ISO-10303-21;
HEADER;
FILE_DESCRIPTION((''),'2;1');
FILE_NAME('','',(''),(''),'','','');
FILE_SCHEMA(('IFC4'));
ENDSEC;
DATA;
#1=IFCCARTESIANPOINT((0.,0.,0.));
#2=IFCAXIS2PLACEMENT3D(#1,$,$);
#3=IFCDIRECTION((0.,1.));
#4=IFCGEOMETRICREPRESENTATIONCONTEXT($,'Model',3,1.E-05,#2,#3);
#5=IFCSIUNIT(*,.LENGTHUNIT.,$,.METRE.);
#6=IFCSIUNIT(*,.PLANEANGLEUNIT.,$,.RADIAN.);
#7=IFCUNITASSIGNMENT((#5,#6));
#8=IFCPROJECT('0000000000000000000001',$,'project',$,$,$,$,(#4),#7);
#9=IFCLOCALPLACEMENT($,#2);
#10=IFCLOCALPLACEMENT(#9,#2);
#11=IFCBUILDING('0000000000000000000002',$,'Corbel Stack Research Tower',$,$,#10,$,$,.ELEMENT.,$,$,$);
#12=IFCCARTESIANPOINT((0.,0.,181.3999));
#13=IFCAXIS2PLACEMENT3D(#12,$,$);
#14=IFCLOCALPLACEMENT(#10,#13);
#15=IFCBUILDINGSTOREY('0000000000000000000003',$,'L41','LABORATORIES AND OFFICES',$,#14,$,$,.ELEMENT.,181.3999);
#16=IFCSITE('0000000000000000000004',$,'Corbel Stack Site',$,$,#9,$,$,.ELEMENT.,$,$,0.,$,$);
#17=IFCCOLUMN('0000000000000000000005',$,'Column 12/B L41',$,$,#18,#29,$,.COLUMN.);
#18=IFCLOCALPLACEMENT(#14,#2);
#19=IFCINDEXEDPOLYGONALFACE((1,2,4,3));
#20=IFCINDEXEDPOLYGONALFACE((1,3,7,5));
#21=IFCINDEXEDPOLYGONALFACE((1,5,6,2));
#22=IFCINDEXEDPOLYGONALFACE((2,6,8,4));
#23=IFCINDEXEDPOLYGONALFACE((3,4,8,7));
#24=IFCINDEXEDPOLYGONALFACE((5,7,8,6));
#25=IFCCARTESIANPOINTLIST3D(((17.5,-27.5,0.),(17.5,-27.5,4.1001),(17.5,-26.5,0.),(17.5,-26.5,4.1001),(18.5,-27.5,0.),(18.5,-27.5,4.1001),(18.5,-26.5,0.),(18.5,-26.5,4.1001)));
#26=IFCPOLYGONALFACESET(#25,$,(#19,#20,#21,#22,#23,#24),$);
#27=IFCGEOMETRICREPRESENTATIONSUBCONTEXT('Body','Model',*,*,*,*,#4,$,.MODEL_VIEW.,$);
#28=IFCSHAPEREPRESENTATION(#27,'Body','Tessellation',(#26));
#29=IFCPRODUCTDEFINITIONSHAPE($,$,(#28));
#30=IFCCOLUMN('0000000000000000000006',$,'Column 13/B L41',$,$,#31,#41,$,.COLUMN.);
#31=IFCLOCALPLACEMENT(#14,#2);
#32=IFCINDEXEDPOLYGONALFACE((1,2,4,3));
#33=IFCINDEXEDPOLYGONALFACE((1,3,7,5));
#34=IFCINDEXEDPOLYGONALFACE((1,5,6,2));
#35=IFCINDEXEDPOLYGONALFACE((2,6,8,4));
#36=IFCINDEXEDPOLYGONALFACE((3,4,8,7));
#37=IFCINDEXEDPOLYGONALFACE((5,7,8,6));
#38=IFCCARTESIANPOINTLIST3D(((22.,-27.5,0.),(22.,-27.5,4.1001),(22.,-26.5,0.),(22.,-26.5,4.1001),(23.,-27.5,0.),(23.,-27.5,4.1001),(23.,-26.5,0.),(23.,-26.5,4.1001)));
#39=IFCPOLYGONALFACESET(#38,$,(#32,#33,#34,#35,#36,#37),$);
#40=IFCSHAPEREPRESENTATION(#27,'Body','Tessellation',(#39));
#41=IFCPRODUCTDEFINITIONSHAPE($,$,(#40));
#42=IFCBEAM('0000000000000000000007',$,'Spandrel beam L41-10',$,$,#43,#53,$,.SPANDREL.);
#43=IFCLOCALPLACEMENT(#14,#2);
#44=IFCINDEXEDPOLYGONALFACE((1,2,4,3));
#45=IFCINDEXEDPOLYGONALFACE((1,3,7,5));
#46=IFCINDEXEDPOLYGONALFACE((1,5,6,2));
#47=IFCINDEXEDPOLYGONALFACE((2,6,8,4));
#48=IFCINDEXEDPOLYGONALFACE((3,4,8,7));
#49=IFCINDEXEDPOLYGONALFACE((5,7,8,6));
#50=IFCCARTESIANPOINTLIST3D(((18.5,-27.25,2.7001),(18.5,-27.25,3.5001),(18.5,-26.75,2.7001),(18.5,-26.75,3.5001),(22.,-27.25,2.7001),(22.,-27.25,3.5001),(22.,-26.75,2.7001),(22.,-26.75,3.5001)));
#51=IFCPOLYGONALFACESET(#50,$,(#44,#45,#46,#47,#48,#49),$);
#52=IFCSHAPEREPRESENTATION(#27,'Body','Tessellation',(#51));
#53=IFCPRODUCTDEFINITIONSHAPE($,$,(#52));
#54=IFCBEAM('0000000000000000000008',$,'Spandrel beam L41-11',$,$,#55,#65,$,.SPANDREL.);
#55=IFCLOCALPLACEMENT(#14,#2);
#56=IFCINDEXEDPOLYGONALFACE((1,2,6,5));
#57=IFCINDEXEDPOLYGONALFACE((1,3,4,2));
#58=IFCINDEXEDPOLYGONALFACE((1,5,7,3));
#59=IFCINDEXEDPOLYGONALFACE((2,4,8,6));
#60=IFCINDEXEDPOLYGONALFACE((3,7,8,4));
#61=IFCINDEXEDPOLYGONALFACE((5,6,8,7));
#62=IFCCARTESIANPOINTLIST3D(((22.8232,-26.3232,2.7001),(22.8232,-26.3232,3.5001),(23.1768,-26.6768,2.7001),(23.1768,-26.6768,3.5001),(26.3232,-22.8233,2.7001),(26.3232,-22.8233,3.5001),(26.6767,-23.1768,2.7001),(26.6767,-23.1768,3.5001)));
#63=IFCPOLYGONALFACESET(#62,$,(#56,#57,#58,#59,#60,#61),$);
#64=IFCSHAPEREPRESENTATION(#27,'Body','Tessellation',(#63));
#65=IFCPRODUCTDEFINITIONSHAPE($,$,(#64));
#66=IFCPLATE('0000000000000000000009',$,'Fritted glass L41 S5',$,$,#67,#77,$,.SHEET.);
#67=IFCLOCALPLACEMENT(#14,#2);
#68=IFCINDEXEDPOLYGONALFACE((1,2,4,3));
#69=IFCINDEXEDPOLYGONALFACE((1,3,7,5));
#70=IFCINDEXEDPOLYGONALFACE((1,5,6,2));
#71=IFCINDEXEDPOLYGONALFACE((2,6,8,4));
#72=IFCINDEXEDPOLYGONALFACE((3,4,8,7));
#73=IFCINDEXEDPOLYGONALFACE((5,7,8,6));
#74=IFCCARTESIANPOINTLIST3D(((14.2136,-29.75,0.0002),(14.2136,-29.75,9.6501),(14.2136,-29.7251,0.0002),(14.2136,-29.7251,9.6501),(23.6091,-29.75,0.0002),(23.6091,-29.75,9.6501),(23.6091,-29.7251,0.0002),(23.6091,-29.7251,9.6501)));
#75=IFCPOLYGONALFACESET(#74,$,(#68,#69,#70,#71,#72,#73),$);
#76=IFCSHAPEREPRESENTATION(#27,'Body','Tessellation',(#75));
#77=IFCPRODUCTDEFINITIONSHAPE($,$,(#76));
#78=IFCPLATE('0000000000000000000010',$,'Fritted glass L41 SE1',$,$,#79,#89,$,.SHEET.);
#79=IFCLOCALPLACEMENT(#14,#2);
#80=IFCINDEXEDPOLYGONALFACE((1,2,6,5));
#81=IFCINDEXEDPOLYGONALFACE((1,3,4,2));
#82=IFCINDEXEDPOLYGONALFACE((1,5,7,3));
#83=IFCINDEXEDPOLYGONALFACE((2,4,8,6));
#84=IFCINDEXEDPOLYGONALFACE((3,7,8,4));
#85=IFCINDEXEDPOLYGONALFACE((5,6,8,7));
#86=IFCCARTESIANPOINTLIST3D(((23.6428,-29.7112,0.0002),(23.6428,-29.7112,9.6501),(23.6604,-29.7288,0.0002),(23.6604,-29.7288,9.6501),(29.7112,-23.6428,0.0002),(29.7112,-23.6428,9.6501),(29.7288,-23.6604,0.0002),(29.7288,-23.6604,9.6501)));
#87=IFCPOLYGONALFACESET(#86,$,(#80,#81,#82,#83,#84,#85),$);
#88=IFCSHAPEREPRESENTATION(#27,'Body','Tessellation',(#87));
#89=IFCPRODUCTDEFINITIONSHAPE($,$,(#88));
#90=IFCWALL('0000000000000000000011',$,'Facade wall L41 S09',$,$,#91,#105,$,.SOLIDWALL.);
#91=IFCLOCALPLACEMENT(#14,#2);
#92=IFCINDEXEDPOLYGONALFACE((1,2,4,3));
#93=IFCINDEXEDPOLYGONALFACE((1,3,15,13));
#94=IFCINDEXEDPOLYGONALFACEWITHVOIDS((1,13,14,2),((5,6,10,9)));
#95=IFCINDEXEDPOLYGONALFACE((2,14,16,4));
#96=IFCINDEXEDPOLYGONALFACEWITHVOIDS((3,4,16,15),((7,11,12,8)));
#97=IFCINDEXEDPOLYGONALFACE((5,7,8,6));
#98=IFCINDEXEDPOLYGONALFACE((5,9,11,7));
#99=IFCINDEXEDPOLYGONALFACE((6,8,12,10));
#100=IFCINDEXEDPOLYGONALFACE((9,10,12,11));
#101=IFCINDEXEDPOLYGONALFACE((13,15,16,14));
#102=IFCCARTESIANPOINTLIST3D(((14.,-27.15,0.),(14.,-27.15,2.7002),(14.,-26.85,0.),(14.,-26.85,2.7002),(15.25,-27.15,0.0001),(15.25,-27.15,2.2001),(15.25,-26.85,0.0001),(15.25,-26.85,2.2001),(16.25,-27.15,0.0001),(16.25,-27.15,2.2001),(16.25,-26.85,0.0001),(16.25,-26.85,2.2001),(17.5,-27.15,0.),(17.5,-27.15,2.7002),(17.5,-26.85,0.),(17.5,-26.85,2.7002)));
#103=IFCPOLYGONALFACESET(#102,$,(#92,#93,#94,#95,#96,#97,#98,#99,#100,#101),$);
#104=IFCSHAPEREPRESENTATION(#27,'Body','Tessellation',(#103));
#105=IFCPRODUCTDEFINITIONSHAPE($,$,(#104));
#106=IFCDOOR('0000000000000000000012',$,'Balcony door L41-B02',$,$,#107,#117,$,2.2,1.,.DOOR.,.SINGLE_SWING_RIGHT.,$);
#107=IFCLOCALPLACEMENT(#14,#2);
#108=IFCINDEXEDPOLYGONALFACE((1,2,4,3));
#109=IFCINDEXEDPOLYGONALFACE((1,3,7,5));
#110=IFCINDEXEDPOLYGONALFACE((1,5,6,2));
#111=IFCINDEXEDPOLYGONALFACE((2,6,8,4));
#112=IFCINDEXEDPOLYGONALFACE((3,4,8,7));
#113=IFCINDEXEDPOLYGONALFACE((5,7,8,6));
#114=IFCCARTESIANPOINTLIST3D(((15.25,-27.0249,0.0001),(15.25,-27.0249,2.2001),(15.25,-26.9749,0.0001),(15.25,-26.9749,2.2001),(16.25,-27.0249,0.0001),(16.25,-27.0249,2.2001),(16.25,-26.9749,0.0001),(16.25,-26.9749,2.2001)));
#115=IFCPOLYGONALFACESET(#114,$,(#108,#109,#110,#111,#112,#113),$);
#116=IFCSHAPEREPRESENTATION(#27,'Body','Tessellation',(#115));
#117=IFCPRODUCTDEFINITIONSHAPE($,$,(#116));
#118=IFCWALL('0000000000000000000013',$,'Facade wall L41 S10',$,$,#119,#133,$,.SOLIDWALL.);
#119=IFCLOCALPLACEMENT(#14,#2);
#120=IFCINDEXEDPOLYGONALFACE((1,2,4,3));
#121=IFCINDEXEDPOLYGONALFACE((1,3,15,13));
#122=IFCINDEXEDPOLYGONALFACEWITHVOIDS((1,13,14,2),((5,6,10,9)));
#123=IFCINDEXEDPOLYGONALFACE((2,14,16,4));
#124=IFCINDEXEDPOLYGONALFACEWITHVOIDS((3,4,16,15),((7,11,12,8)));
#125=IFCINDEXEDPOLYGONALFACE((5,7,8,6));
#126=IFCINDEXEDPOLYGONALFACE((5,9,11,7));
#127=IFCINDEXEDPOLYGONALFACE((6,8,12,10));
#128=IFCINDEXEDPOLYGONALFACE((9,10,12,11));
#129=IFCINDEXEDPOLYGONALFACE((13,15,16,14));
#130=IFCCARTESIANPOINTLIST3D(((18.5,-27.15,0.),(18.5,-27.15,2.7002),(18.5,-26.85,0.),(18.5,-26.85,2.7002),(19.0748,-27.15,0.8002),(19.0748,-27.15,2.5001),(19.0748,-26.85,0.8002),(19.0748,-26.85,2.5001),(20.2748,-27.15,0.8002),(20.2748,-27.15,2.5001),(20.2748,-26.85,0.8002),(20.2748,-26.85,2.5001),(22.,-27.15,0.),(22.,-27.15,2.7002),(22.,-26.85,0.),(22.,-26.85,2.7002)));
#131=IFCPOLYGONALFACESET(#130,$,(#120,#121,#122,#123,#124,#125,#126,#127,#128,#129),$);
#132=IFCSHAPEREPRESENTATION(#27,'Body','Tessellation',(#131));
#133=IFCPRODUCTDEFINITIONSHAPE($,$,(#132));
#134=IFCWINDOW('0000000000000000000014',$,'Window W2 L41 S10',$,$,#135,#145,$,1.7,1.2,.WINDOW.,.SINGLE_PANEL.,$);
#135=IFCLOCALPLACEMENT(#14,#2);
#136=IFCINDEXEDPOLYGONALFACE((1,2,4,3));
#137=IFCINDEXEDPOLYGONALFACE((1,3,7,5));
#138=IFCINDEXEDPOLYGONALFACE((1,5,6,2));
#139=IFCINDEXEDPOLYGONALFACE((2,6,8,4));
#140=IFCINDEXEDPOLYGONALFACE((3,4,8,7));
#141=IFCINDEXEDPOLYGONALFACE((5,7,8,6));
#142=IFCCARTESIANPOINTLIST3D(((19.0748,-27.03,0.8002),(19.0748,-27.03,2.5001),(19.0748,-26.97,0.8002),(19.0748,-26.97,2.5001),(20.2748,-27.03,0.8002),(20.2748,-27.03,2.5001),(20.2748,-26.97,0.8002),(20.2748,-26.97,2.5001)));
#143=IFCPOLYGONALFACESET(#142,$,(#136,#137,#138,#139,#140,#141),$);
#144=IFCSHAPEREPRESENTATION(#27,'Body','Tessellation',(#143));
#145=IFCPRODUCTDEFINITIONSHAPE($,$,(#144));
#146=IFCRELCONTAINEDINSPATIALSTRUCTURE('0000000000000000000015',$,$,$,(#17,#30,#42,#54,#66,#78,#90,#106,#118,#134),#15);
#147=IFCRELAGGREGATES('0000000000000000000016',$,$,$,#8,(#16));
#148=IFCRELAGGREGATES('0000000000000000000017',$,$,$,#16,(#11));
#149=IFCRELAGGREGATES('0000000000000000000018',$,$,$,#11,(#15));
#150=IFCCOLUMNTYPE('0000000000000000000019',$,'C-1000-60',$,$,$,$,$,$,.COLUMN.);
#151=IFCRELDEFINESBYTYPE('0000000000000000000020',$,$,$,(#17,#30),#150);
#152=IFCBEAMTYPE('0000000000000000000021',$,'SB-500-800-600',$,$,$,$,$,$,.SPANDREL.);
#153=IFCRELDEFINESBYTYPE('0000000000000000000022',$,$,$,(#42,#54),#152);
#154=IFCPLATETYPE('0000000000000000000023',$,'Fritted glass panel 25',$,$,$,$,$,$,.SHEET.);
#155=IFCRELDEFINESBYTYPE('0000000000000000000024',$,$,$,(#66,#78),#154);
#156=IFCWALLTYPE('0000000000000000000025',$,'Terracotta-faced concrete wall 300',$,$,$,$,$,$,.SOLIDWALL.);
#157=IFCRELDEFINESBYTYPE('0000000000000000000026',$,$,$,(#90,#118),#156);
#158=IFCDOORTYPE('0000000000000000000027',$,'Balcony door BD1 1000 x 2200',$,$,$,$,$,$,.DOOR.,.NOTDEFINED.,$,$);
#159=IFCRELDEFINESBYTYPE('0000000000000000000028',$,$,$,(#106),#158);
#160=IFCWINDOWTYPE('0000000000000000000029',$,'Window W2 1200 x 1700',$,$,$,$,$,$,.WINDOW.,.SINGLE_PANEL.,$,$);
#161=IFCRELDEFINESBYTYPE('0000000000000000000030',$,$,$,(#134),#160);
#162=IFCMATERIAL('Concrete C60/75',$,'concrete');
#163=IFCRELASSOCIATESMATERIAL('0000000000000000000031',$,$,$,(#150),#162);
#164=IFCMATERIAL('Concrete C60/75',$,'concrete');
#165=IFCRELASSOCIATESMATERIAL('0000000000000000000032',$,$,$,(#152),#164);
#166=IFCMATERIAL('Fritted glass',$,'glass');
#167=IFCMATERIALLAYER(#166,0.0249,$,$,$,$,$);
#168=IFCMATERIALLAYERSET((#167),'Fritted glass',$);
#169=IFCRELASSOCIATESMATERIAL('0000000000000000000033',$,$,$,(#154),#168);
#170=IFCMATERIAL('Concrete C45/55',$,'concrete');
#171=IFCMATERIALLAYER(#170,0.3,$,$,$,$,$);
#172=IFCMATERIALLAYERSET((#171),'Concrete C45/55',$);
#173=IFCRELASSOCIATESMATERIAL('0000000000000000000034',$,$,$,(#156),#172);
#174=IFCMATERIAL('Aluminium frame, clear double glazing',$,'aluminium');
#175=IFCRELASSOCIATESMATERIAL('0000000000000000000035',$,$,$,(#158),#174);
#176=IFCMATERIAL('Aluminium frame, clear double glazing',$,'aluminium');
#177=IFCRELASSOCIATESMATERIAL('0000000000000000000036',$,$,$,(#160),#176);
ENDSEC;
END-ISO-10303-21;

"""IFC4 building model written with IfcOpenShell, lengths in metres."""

from ifc_helpers import new_model, si_unit, direction, frame, frame_2d, origin, origin_2d, place, context, subcontext, project, spatial, rectangle, extrude, material, layer, layer_set, material_profile, profile_set, type_object, element, fill, save


model = new_model("IFC4")

# Units and contexts
model_context = context("Model", 3, precision=1e-05, world=origin(), true_north=direction((0.0, 1.0)))
body_context = subcontext(model_context, "Body", "Model", "MODEL_VIEW")
ifc_project = project(units=[si_unit("LENGTHUNIT", "METRE"), si_unit("PLANEANGLEUNIT", "RADIAN")], contexts=[model_context])

# Site, building, storey
site_placement = place(None, origin())
site = spatial("IfcSite", under=ifc_project, at=site_placement, Name="Corbel Stack Site", CompositionType="ELEMENT", RefElevation=0.0)
building_placement = place(site_placement, origin())
building = spatial("IfcBuilding", under=site, at=building_placement, Name="Corbel Stack Research Tower", CompositionType="ELEMENT")
storey_placement = place(building_placement, frame((0.0, 0.0, 181.3999)))
storey = spatial("IfcBuildingStorey", under=building, at=storey_placement, Name="L41", Description="LABORATORIES AND OFFICES", CompositionType="ELEMENT", Elevation=181.3999)

# Columns
ifc_material_1 = material(Name="Concrete C60/75", Category="concrete")
ifc_material_profile_1 = material_profile(ifc_material_1, rectangle(XDim=1.0, YDim=1.0, at=origin_2d()), Name="RC 1000 x 1000")
ifc_profile_set_1 = profile_set([ifc_material_profile_1], Name="Concrete C60/75")
column_type = type_object("IfcColumnType", Name="C-1000-60", PredefinedType="COLUMN", material=ifc_profile_set_1)
for number, where, z_axis, x_axis, name in (
    (1, (18.0, -27.0, 0.0), (0.0, 0.0, 1.0), (1.0, 0.0, 0.0), "Column 12/B L41"),
    (2, (22.5, -27.0, 0.0), (0.0, 0.0, 1.0), (1.0, 0.0, 0.0), "Column 13/B L41"),
):
    element("IfcColumn", number, at=place(storey_placement, frame(where, z_axis=z_axis, x_axis=x_axis)), inside=storey, type_object=column_type, Name=name, PredefinedType="COLUMN", context=body_context, shape_type="SweptSolid", body=[
        extrude(rectangle(XDim=1.0, YDim=1.0, at=origin_2d()), origin(), (0.0, 0.0, 1.0), 4.1001),
    ])

# Beams
ifc_material_2 = material(Name="Concrete C60/75", Category="concrete")
ifc_material_profile_2 = material_profile(ifc_material_2, rectangle(XDim=0.5, YDim=0.8, at=origin_2d()), Name="RC 500 x 800")
ifc_profile_set_2 = profile_set([ifc_material_profile_2], Name="Concrete C60/75")
beam_type = type_object("IfcBeamType", Name="SB-500-800-600", PredefinedType="SPANDREL", material=ifc_profile_set_2)
beam_1_placement = place(storey_placement, frame((18.5, -27.0, 3.1001), z_axis=(1.0, 0.0, 0.0), x_axis=(0.0, 1.0, 0.0)))
element("IfcBeam", 3, at=beam_1_placement, inside=storey, type_object=beam_type, Name="Spandrel beam L41-10", PredefinedType="SPANDREL", context=body_context, shape_type="SweptSolid", body=[
    extrude(rectangle(XDim=0.5, YDim=0.8, at=origin_2d()), origin(), (0.0, 0.0, 1.0), 3.5),
])
beam_2_placement = place(storey_placement, frame((23.0, -26.5, 3.1001), z_axis=(0.707107, 0.707107, 0.0), x_axis=(-0.707107, 0.707107, 0.0)))
element("IfcBeam", 4, at=beam_2_placement, inside=storey, type_object=beam_type, Name="Spandrel beam L41-11", PredefinedType="SPANDREL", context=body_context, shape_type="SweptSolid", body=[
    extrude(rectangle(XDim=0.5, YDim=0.8, at=origin_2d()), origin(), (0.0, 0.0, 1.0), 4.9497),
])

# Plates
ifc_material_3 = material(Name="Fritted glass", Category="glass")
ifc_layer_1 = layer(ifc_material_3, 0.0249)
ifc_layer_set_1 = layer_set([ifc_layer_1], Name="Fritted glass")
plate_type = type_object("IfcPlateType", Name="Fritted glass panel 25", PredefinedType="SHEET", material=ifc_layer_set_1)
plate_1_placement = place(storey_placement, frame((18.9114, -29.7375, 0.0002), z_axis=(0.0, 0.0, 1.0), x_axis=(1.0, 0.0, 0.0)))
element("IfcPlate", 5, at=plate_1_placement, inside=storey, type_object=plate_type, Name="Fritted glass L41 S5", PredefinedType="SHEET", context=body_context, shape_type="SweptSolid", body=[
    extrude(rectangle(XDim=9.3955, YDim=0.0249, at=origin_2d()), origin(), (0.0, 0.0, 1.0), 9.6499),
])
plate_2_placement = place(storey_placement, frame((26.6858, -26.6858, 0.0002), z_axis=(0.0, 0.0, 1.0), x_axis=(0.707107, 0.707107, 0.0)))
element("IfcPlate", 6, at=plate_2_placement, inside=storey, type_object=plate_type, Name="Fritted glass L41 SE1", PredefinedType="SHEET", context=body_context, shape_type="SweptSolid", body=[
    extrude(rectangle(XDim=8.582, YDim=0.0249, at=origin_2d()), origin(), (0.0, 0.0, 1.0), 9.6499),
])

# Wall, opening, door
ifc_material_4 = material(Name="Concrete C45/55", Category="concrete")
ifc_layer_2 = layer(ifc_material_4, 0.3)
ifc_layer_set_2 = layer_set([ifc_layer_2], Name="Concrete C45/55")
wall_type = type_object("IfcWallType", Name="Terracotta-faced concrete wall 300", PredefinedType="SOLIDWALL", material=ifc_layer_set_2)
wall_1_placement = place(storey_placement, frame((17.5, -27.0, 0.0), z_axis=(0.0, 0.0, 1.0), x_axis=(-1.0, 0.0, 0.0)))
wall_1 = element("IfcWall", 7, at=wall_1_placement, inside=storey, type_object=wall_type, Name="Facade wall L41 S09", PredefinedType="SOLIDWALL", context=body_context, shape_type="SweptSolid", body=[
    extrude(rectangle(XDim=3.5, YDim=0.3, at=frame_2d((1.75, 0.0))), origin(), (0.0, 0.0, 1.0), 2.7002),
])
opening_1_placement = place(wall_1_placement, frame((1.25, 0.0, 0.0)))
opening_1 = element("IfcOpeningElement", 8, at=opening_1_placement, cuts=wall_1, PredefinedType="OPENING", context=body_context, shape_type="SweptSolid", body=[
    extrude(rectangle(XDim=1.0, YDim=2.2, at=frame_2d((0.5, 1.1001))), frame((0.0, 0.1599, 0.0), z_axis=(0.0, -1.0, 0.0), x_axis=(1.0, 0.0, 0.0)), (0.0, 0.0, 1.0), 0.3201),
])
ifc_material_5 = material(Name="Aluminium frame, clear double glazing", Category="aluminium")
door_type = type_object("IfcDoorType", Name="Balcony door BD1 1000 x 2200", OperationType="NOTDEFINED", PredefinedType="DOOR", material=ifc_material_5)
door_placement = place(opening_1_placement, origin())
door = element("IfcDoor", 9, at=door_placement, inside=storey, type_object=door_type, Name="Balcony door L41-B02", OperationType="SINGLE_SWING_RIGHT", OverallHeight=2.2, OverallWidth=1.0, PredefinedType="DOOR", context=body_context, shape_type="SweptSolid", body=[
    extrude(rectangle(XDim=1.0, YDim=2.2, at=frame_2d((0.5, 1.1001))), frame((0.0, 0.0249, 0.0), z_axis=(0.0, -1.0, 0.0), x_axis=(1.0, 0.0, 0.0)), (0.0, 0.0, 1.0), 0.05),
])
fill(opening_1, door)

# Wall, opening, window
wall_2_placement = place(storey_placement, frame((22.0, -27.0, 0.0), z_axis=(0.0, 0.0, 1.0), x_axis=(-1.0, 0.0, 0.0)))
wall_2 = element("IfcWall", 10, at=wall_2_placement, inside=storey, type_object=wall_type, Name="Facade wall L41 S10", PredefinedType="SOLIDWALL", context=body_context, shape_type="SweptSolid", body=[
    extrude(rectangle(XDim=3.5, YDim=0.3, at=frame_2d((1.75, 0.0))), origin(), (0.0, 0.0, 1.0), 2.7002),
])
opening_2_placement = place(wall_2_placement, frame((1.7251, 0.0, 0.8)))
opening_2 = element("IfcOpeningElement", 11, at=opening_2_placement, cuts=wall_2, PredefinedType="OPENING", context=body_context, shape_type="SweptSolid", body=[
    extrude(rectangle(XDim=1.2, YDim=1.7, at=frame_2d((0.6001, 0.8501))), frame((0.0, 0.1599, 0.0), z_axis=(0.0, -1.0, 0.0), x_axis=(1.0, 0.0, 0.0)), (0.0, 0.0, 1.0), 0.3201),
])
ifc_material_6 = material(Name="Aluminium frame, clear double glazing", Category="aluminium")
window_type = type_object("IfcWindowType", Name="Window W2 1200 x 1700", PartitioningType="SINGLE_PANEL", PredefinedType="WINDOW", material=ifc_material_6)
window_placement = place(opening_2_placement, origin())
window = element("IfcWindow", 12, at=window_placement, inside=storey, type_object=window_type, Name="Window W2 L41 S10", OverallHeight=1.7, OverallWidth=1.2, PartitioningType="SINGLE_PANEL", PredefinedType="WINDOW", context=body_context, shape_type="SweptSolid", body=[
    extrude(rectangle(XDim=1.2, YDim=1.7, at=frame_2d((0.6001, 0.8501))), frame((0.0, 0.03, 0.0), z_axis=(0.0, -1.0, 0.0), x_axis=(1.0, 0.0, 0.0)), (0.0, 0.0, 1.0), 0.0601),
])
fill(opening_2, window)

save(model, "model.ifc")
